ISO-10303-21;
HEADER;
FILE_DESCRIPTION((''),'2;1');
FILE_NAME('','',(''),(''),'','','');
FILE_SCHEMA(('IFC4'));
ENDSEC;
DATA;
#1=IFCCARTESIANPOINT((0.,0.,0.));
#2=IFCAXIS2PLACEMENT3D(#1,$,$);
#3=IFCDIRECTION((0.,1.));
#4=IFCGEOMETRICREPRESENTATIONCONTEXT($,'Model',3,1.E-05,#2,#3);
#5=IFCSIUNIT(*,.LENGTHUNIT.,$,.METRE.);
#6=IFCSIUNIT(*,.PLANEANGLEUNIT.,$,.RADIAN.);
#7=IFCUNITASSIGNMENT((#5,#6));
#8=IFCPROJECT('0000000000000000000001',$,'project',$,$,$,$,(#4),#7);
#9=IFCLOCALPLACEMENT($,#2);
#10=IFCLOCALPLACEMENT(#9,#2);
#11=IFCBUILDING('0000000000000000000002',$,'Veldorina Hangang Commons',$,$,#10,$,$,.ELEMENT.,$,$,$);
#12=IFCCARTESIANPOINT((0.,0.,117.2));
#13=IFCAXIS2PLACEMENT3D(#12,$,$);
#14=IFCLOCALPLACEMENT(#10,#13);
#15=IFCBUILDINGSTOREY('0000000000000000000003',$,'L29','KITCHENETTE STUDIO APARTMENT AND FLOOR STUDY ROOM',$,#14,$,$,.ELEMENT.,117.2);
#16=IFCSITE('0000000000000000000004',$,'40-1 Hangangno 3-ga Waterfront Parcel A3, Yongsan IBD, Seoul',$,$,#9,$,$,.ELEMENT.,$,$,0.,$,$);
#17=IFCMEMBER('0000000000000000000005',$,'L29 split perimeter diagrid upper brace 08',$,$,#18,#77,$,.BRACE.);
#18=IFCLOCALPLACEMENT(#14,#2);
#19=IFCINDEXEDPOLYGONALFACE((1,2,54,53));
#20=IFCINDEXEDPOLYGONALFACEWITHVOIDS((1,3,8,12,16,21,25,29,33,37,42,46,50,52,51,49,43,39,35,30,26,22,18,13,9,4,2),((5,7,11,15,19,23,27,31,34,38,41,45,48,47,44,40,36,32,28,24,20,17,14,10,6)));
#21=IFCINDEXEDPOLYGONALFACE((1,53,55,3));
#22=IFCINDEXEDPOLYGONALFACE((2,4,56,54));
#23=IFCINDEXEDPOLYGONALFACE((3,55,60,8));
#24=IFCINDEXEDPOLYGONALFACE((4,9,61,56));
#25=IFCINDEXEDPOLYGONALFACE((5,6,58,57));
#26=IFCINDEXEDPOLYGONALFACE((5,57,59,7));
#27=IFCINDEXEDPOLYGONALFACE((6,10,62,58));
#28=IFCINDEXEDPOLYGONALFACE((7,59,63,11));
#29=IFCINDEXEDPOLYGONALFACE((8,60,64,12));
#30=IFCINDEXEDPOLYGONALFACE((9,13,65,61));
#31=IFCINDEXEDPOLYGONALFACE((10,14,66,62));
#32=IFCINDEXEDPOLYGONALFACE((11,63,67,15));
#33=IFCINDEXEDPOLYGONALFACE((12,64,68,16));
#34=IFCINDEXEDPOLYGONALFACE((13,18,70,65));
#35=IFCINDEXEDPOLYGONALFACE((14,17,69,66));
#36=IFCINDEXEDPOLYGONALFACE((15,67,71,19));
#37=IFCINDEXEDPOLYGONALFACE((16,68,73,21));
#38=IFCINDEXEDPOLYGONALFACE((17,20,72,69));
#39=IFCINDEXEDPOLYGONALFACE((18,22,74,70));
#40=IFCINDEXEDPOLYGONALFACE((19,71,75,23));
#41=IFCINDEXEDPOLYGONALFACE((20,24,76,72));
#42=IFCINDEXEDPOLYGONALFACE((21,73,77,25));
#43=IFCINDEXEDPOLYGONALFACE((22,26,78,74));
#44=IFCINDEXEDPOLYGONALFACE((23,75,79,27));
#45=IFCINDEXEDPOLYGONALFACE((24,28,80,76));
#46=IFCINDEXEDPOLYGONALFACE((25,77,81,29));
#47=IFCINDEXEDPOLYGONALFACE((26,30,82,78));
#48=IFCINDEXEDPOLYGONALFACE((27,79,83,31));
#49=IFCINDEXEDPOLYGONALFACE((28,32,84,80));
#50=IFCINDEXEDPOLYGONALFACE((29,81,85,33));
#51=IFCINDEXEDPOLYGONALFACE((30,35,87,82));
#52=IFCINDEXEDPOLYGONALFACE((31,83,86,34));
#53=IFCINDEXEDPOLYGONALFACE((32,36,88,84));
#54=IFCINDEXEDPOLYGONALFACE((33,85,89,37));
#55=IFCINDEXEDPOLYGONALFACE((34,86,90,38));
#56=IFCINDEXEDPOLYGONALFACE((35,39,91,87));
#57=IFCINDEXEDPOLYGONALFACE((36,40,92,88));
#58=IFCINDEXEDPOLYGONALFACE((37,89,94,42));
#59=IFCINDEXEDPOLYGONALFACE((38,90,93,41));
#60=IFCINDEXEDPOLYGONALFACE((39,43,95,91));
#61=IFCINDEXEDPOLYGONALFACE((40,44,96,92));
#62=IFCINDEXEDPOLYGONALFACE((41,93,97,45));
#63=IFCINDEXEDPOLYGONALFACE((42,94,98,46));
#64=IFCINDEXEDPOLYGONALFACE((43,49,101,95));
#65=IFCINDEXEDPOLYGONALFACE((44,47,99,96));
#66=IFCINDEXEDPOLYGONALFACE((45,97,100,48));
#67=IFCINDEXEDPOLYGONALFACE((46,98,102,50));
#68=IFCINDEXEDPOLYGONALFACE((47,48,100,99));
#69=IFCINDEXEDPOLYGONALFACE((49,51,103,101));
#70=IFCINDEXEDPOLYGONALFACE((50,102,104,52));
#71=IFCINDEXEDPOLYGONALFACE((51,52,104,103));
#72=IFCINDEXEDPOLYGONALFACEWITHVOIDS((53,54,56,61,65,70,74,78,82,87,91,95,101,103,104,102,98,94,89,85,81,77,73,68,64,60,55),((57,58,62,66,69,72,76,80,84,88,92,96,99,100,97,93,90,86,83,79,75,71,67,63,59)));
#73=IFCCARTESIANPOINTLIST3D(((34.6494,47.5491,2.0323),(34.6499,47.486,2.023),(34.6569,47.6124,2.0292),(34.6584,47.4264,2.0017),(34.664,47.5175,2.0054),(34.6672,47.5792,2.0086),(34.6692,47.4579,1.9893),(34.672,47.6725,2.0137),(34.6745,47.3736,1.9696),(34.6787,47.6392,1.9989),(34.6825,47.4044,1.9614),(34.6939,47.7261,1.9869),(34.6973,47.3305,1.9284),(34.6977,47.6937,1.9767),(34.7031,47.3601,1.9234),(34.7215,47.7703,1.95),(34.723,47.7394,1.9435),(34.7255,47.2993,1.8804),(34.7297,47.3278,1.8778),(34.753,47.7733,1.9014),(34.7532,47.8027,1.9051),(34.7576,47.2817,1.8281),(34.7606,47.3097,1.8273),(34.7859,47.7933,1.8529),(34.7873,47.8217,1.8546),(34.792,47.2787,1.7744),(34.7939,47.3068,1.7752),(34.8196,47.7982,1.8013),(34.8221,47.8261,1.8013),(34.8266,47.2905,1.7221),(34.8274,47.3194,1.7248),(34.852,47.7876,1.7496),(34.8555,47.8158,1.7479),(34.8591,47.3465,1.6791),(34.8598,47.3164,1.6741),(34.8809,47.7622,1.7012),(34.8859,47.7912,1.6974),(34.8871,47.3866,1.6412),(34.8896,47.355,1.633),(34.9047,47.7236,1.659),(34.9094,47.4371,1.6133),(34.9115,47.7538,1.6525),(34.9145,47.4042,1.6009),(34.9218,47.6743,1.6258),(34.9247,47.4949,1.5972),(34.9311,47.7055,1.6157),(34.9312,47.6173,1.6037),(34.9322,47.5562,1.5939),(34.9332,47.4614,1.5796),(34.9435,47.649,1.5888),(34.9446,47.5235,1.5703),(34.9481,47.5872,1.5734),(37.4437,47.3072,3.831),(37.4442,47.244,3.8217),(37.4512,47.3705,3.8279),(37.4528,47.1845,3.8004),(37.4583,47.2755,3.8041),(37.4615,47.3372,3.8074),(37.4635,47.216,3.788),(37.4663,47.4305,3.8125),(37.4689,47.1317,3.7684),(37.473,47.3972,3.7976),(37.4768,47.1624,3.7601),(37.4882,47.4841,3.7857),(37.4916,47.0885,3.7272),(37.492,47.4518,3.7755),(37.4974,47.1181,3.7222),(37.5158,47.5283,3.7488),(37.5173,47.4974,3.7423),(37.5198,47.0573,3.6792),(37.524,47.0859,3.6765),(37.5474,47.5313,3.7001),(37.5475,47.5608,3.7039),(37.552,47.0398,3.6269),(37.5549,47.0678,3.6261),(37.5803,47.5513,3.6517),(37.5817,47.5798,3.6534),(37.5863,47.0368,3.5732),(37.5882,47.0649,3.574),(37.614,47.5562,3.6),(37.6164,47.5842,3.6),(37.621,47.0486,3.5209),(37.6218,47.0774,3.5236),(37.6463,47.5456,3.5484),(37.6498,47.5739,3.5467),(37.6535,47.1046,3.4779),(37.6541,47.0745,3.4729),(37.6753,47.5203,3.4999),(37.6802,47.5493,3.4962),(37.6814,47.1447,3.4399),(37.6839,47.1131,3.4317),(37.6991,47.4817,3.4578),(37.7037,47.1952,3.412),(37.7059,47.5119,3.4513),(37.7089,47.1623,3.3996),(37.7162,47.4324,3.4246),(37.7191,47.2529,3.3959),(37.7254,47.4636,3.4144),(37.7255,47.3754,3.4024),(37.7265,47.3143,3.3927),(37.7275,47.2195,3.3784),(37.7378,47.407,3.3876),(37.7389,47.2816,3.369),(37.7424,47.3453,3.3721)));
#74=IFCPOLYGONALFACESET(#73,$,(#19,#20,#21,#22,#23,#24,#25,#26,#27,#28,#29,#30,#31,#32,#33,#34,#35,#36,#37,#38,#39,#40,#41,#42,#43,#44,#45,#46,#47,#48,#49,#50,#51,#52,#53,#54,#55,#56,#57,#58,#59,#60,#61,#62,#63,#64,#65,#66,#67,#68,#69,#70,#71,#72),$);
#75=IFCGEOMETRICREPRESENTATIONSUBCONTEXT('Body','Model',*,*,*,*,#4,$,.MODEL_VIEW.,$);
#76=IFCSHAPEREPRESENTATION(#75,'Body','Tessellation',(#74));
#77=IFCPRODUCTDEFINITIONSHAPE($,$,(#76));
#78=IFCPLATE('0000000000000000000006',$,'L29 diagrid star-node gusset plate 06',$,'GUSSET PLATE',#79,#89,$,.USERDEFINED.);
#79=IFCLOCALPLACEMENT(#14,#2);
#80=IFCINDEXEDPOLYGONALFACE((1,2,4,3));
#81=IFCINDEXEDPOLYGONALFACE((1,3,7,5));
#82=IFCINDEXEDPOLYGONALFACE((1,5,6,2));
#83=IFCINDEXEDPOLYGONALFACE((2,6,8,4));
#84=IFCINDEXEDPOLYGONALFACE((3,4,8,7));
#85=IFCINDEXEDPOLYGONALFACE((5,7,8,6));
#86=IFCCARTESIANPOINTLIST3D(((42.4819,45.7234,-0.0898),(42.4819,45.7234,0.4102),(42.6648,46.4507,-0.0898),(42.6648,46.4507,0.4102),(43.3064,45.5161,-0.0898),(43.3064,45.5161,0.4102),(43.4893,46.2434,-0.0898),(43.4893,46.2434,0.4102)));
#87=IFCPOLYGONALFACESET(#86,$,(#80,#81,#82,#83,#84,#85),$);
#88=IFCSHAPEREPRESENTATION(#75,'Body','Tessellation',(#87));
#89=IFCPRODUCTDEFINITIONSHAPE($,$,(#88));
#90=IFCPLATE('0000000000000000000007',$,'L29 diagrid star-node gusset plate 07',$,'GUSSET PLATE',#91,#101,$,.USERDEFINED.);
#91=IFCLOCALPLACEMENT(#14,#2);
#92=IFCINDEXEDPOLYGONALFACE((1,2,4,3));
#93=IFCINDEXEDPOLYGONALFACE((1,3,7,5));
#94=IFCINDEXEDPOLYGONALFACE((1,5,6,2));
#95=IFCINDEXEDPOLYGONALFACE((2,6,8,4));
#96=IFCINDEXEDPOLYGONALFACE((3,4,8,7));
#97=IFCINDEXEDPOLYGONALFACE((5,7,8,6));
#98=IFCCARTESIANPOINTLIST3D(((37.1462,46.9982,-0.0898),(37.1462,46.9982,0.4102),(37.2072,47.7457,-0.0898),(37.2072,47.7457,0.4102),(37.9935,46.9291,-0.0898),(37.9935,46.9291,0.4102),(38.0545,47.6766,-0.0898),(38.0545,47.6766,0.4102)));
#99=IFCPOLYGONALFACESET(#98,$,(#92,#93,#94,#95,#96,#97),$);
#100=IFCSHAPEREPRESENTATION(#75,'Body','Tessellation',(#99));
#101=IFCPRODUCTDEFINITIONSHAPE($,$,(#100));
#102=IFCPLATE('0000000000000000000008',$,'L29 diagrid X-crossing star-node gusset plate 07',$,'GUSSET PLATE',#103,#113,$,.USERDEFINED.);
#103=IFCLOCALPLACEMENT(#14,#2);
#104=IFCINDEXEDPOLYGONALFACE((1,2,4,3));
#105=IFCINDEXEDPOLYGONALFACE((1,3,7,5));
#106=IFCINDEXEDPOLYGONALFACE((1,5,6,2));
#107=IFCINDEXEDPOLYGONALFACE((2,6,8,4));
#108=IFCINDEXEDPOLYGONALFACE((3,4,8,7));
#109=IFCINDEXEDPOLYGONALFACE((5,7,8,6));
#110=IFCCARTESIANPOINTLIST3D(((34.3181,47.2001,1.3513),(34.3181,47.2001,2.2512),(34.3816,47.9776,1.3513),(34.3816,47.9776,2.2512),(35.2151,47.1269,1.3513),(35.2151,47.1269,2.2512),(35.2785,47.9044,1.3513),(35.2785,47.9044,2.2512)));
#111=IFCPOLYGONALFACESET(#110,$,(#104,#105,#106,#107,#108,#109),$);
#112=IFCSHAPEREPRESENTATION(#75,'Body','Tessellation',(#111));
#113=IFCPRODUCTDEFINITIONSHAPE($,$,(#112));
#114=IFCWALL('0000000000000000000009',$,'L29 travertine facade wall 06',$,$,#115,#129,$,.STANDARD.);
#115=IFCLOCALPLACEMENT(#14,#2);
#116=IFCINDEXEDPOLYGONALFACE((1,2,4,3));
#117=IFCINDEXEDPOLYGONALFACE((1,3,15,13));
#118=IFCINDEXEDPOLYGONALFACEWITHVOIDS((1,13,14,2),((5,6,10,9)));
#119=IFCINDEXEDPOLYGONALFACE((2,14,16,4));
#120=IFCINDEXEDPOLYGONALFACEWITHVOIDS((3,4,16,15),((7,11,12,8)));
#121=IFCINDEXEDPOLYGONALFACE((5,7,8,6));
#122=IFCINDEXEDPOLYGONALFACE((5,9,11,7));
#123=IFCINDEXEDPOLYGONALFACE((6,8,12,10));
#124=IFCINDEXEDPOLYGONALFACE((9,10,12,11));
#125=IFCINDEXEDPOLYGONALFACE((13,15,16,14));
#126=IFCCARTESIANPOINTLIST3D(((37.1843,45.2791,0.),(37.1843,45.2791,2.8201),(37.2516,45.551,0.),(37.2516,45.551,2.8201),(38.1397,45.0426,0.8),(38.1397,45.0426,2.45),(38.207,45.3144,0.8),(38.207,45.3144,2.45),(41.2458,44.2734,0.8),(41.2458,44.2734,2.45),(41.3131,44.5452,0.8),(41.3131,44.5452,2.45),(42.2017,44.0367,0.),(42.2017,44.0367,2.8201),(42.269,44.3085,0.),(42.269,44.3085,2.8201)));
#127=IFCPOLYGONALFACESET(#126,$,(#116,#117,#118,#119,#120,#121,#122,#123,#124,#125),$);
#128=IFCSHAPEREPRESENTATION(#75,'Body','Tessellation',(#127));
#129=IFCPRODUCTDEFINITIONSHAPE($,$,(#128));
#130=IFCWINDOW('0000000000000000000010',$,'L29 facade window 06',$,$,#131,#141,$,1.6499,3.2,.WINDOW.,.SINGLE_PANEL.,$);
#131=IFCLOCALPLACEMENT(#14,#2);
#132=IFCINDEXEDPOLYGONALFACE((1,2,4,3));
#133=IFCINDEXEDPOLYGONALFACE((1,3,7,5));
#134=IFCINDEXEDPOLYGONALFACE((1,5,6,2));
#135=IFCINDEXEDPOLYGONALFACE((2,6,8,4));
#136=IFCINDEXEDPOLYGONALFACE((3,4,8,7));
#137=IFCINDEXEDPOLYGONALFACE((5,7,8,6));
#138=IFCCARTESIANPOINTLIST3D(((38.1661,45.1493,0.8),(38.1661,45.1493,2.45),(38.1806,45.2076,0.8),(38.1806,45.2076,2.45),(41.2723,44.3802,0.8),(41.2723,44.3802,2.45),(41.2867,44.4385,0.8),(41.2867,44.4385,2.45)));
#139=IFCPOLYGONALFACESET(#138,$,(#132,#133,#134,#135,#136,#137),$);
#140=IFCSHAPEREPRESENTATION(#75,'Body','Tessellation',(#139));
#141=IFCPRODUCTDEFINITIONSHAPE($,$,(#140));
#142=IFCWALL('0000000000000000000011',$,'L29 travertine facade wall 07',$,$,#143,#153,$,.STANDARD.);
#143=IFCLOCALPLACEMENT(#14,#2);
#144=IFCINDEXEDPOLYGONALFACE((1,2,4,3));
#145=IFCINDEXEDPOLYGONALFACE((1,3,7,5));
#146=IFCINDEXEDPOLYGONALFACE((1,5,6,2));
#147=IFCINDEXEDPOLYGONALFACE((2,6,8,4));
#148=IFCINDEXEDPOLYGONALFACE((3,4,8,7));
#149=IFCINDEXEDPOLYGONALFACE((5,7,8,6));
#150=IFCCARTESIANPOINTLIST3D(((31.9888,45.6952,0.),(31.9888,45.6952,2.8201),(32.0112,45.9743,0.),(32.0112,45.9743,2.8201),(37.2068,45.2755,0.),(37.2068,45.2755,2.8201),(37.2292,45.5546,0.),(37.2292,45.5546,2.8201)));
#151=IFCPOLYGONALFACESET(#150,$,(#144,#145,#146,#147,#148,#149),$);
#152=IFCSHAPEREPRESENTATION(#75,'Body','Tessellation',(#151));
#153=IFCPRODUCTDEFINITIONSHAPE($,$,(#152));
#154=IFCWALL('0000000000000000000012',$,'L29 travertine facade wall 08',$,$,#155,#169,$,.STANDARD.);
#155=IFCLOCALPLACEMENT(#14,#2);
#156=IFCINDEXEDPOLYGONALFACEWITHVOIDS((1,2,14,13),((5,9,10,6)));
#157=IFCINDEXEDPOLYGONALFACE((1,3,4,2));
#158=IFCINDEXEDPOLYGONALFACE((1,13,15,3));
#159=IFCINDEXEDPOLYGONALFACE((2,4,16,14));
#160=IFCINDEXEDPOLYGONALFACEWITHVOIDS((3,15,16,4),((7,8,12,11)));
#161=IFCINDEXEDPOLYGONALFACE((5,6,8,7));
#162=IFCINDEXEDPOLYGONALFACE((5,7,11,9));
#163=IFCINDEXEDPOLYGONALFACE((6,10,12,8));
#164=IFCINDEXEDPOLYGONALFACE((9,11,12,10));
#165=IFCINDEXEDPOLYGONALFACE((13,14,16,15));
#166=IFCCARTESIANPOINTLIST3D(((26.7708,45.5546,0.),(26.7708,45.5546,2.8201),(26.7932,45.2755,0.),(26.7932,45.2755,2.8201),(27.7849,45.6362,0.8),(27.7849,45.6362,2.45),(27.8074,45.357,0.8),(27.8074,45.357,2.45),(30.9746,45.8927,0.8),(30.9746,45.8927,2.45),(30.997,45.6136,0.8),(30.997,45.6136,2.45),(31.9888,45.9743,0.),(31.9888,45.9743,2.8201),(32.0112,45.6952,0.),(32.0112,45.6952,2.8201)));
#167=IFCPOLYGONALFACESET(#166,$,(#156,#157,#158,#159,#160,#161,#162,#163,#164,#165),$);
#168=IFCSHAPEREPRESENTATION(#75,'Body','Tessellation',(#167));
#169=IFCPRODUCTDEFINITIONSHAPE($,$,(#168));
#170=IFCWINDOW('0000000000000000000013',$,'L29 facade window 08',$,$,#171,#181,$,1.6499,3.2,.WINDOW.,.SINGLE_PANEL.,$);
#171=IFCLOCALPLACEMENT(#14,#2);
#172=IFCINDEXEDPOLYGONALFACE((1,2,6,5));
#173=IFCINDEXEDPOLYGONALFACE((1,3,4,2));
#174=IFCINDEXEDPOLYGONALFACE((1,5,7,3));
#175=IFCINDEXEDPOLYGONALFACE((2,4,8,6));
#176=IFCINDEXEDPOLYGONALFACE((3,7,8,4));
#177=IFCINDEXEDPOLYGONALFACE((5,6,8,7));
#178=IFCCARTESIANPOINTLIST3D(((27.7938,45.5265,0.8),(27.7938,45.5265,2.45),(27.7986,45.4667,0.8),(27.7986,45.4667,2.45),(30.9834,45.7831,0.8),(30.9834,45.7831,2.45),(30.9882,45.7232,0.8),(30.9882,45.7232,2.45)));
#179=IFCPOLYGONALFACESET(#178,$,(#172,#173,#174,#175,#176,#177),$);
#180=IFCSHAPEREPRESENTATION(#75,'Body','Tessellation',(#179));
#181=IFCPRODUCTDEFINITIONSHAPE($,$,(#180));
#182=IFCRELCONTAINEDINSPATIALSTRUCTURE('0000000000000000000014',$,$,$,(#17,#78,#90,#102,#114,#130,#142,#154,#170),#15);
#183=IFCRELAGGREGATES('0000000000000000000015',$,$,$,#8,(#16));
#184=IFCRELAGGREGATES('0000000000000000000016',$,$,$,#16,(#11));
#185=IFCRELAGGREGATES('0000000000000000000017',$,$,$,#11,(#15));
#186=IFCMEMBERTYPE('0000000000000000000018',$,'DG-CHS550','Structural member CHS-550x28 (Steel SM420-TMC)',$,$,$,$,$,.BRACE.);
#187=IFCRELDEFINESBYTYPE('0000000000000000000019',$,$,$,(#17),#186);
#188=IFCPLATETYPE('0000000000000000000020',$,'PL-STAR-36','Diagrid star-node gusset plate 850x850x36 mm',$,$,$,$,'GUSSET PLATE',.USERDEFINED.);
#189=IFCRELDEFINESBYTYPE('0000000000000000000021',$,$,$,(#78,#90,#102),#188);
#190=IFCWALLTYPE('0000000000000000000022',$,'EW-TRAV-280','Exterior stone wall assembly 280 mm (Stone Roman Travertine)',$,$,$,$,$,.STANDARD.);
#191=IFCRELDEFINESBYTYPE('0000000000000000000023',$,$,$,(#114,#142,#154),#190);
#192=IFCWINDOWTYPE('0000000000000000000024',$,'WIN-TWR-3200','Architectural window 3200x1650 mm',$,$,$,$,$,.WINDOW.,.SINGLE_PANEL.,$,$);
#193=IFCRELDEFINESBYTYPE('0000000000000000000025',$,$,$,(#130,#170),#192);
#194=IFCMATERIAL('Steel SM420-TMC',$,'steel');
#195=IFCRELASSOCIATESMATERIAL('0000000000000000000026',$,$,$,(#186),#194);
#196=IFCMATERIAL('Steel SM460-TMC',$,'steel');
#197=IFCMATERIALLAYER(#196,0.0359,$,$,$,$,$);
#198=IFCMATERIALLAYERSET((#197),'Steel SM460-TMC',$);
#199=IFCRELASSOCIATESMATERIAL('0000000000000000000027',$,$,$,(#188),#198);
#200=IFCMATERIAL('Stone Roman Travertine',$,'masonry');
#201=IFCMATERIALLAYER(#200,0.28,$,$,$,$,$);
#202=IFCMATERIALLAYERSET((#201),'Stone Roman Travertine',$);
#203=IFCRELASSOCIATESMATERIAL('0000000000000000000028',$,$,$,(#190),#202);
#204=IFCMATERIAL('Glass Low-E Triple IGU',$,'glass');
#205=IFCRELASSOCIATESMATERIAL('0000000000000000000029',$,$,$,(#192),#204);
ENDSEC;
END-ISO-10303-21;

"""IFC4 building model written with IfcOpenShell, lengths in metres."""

from ifc_helpers import new_model, si_unit, direction, frame, frame_2d, origin, origin_2d, place, context, subcontext, project, spatial, rectangle, hollow_circle, extrude, material, layer, layer_set, material_profile, profile_set, type_object, element, fill, save


model = new_model("IFC4")

# Units and contexts
model_context = context("Model", 3, precision=1e-05, world=origin(), true_north=direction((0.0, 1.0)))
body_context = subcontext(model_context, "Body", "Model", "MODEL_VIEW")
ifc_project = project(units=[si_unit("LENGTHUNIT", "METRE"), si_unit("PLANEANGLEUNIT", "RADIAN")], contexts=[model_context])

# Site, building, storey
site_placement = place(None, origin())
site = spatial("IfcSite", under=ifc_project, at=site_placement, Name="40-1 Hangangno 3-ga Waterfront Parcel A3, Yongsan IBD, Seoul", CompositionType="ELEMENT", RefElevation=0.0)
building_placement = place(site_placement, origin())
building = spatial("IfcBuilding", under=site, at=building_placement, Name="Veldorina Hangang Commons", CompositionType="ELEMENT")
storey_placement = place(building_placement, frame((0.0, 0.0, 117.2)))
storey = spatial("IfcBuildingStorey", under=building, at=storey_placement, Name="L29", Description="KITCHENETTE STUDIO APARTMENT AND FLOOR STUDY ROOM", CompositionType="ELEMENT", Elevation=117.2)

# Shared definitions
ifc_material_1 = material(Name="Steel SM420-TMC", Category="steel")

# Member
ifc_material_profile_1 = material_profile(ifc_material_1, hollow_circle(Radius=0.2749, WallThickness=0.0281, at=origin_2d()), Name="CHS-550x28")
ifc_profile_set_1 = profile_set([ifc_material_profile_1], Name="Steel SM420-TMC")
member_type = type_object("IfcMemberType", Name="DG-CHS550", Description="Structural member CHS-550x28 (Steel SM420-TMC)", PredefinedType="BRACE", material=ifc_profile_set_1)
member_1_placement = place(storey_placement, frame((34.7983, 47.5522, 1.8013), z_axis=(0.83863, -0.072609, 0.539841), x_axis=(0.086258, 0.996273, 0.0)))
element("IfcMember", 1, at=member_1_placement, inside=storey, type_object=member_type, Name="L29 split perimeter diagrid upper brace 08", PredefinedType="BRACE", context=body_context, shape_type="SweptSolid", body=[
    extrude(hollow_circle(Radius=0.2749, WallThickness=0.0281, at=origin_2d()), origin(), (0.0, 0.0, 1.0), 3.332),
])

# Plates
ifc_material_2 = material(Name="Steel SM460-TMC", Category="steel")
ifc_layer_1 = layer(ifc_material_2, 0.0359)
ifc_layer_set_1 = layer_set([ifc_layer_1], Name="Steel SM460-TMC")
plate_type = type_object("IfcPlateType", Name="PL-STAR-36", Description="Diagrid star-node gusset plate 850x850x36 mm", ElementType="GUSSET PLATE", PredefinedType="USERDEFINED", material=ifc_layer_set_1)
for number, where, z_axis, x_axis, name in (
    (2, (42.9856, 45.9834, -0.0898), (0.0, 0.0, 1.0), (-0.969808, 0.243869, 0.0), "L29 diagrid star-node gusset plate 06"),
    (3, (37.6003, 47.3374, -0.0898), (0.0, 0.0, 1.0), (-0.996684, 0.081364, 0.0), "L29 diagrid star-node gusset plate 07"),
):
    element("IfcPlate", number, at=place(storey_placement, frame(where, z_axis=z_axis, x_axis=x_axis)), inside=storey, type_object=plate_type, Name=name, ObjectType="GUSSET PLATE", PredefinedType="USERDEFINED", context=body_context, shape_type="SweptSolid", body=[
        extrude(rectangle(XDim=0.8501, YDim=0.75, at=origin_2d()), origin(), (0.0, 0.0, 1.0), 0.5),
    ])
plate_placement = place(storey_placement, frame((34.7983, 47.5522, 1.3513), z_axis=(0.0, 0.0, 1.0), x_axis=(-0.996684, 0.081364, 0.0)))
element("IfcPlate", 4, at=plate_placement, inside=storey, type_object=plate_type, Name="L29 diagrid X-crossing star-node gusset plate 07", ObjectType="GUSSET PLATE", PredefinedType="USERDEFINED", context=body_context, shape_type="SweptSolid", body=[
    extrude(rectangle(XDim=0.8999, YDim=0.78, at=origin_2d()), origin(), (0.0, 0.0, 1.0), 0.8999),
])

# Wall, opening, window
ifc_material_3 = material(Name="Stone Roman Travertine", Category="masonry")
ifc_layer_2 = layer(ifc_material_3, 0.28)
ifc_layer_set_2 = layer_set([ifc_layer_2], Name="Stone Roman Travertine")
wall_type_1 = type_object("IfcWallType", Name="EW-TRAV-280", Description="Exterior stone wall assembly 280 mm (Stone Roman Travertine)", PredefinedType="STANDARD", material=ifc_layer_set_2)
wall_1_placement = place(storey_placement, frame((42.2354, 44.1726, 0.0), z_axis=(0.0, 0.0, 1.0), x_axis=(-0.970682, 0.240368, 0.0)))
wall_1 = element("IfcWall", 5, at=wall_1_placement, inside=storey, type_object=wall_type_1, Name="L29 travertine facade wall 06", PredefinedType="STANDARD", context=body_context, shape_type="SweptSolid", body=[
    extrude(rectangle(XDim=5.1689, YDim=0.28, at=frame_2d((2.5845, 0.0))), origin(), (0.0, 0.0, 1.0), 2.8201),
])
opening_1_placement = place(wall_1_placement, frame((0.9846, 0.0, 0.8)))
opening_1 = element("IfcOpeningElement", 6, at=opening_1_placement, cuts=wall_1, PredefinedType="OPENING", context=body_context, shape_type="SweptSolid", body=[
    extrude(rectangle(XDim=3.2, YDim=1.6499, at=frame_2d((1.6001, 0.825))), frame((0.0, 0.1499, 0.0), z_axis=(0.0, -1.0, 0.0), x_axis=(1.0, 0.0, 0.0)), (0.0, 0.0, 1.0), 0.3),
])
ifc_material_4 = material(Name="Glass Low-E Triple IGU", Category="glass")
window_type = type_object("IfcWindowType", Name="WIN-TWR-3200", Description="Architectural window 3200x1650 mm", PartitioningType="SINGLE_PANEL", PredefinedType="WINDOW", material=ifc_material_4)
window_1_placement = place(opening_1_placement, origin())
window_1 = element("IfcWindow", 7, at=window_1_placement, inside=storey, type_object=window_type, Name="L29 facade window 06", OverallHeight=1.6499, OverallWidth=3.2, PartitioningType="SINGLE_PANEL", PredefinedType="WINDOW", context=body_context, shape_type="SweptSolid", body=[
    extrude(rectangle(XDim=3.2, YDim=1.6499, at=frame_2d((1.6001, 0.825))), frame((0.0, 0.03, 0.0), z_axis=(0.0, -1.0, 0.0), x_axis=(1.0, 0.0, 0.0)), (0.0, 0.0, 1.0), 0.0601),
])
fill(opening_1, window_1)

# Wall
wall_2_placement = place(storey_placement, frame((37.218, 45.415, 0.0), z_axis=(0.0, 0.0, 1.0), x_axis=(-0.996781, 0.08017, 0.0)))
element("IfcWall", 8, at=wall_2_placement, inside=storey, type_object=wall_type_1, Name="L29 travertine facade wall 07", PredefinedType="STANDARD", context=body_context, shape_type="SweptSolid", body=[
    extrude(rectangle(XDim=5.2349, YDim=0.28, at=frame_2d((2.6174, 0.0))), origin(), (0.0, 0.0, 1.0), 2.8201),
])

# Wall, opening, window
wall_3_placement = place(storey_placement, frame((32.0, 45.8347, 0.0), z_axis=(0.0, 0.0, 1.0), x_axis=(-0.996781, -0.08017, 0.0)))
wall_3 = element("IfcWall", 9, at=wall_3_placement, inside=storey, type_object=wall_type_1, Name="L29 travertine facade wall 08", PredefinedType="STANDARD", context=body_context, shape_type="SweptSolid", body=[
    extrude(rectangle(XDim=5.2349, YDim=0.28, at=frame_2d((2.6174, 0.0))), origin(), (0.0, 0.0, 1.0), 2.8201),
])
opening_2_placement = place(wall_3_placement, frame((1.0173, 0.0, 0.8)))
opening_2 = element("IfcOpeningElement", 10, at=opening_2_placement, cuts=wall_3, PredefinedType="OPENING", context=body_context, shape_type="SweptSolid", body=[
    extrude(rectangle(XDim=3.2, YDim=1.6499, at=frame_2d((1.6001, 0.825))), frame((0.0, 0.1499, 0.0), z_axis=(0.0, -1.0, 0.0), x_axis=(1.0, 0.0, 0.0)), (0.0, 0.0, 1.0), 0.3),
])
window_2_placement = place(opening_2_placement, origin())
window_2 = element("IfcWindow", 11, at=window_2_placement, inside=storey, type_object=window_type, Name="L29 facade window 08", OverallHeight=1.6499, OverallWidth=3.2, PartitioningType="SINGLE_PANEL", PredefinedType="WINDOW", context=body_context, shape_type="SweptSolid", body=[
    extrude(rectangle(XDim=3.2, YDim=1.6499, at=frame_2d((1.6001, 0.825))), frame((0.0, 0.03, 0.0), z_axis=(0.0, -1.0, 0.0), x_axis=(1.0, 0.0, 0.0)), (0.0, 0.0, 1.0), 0.0601),
])
fill(opening_2, window_2)

save(model, "model.ifc")
